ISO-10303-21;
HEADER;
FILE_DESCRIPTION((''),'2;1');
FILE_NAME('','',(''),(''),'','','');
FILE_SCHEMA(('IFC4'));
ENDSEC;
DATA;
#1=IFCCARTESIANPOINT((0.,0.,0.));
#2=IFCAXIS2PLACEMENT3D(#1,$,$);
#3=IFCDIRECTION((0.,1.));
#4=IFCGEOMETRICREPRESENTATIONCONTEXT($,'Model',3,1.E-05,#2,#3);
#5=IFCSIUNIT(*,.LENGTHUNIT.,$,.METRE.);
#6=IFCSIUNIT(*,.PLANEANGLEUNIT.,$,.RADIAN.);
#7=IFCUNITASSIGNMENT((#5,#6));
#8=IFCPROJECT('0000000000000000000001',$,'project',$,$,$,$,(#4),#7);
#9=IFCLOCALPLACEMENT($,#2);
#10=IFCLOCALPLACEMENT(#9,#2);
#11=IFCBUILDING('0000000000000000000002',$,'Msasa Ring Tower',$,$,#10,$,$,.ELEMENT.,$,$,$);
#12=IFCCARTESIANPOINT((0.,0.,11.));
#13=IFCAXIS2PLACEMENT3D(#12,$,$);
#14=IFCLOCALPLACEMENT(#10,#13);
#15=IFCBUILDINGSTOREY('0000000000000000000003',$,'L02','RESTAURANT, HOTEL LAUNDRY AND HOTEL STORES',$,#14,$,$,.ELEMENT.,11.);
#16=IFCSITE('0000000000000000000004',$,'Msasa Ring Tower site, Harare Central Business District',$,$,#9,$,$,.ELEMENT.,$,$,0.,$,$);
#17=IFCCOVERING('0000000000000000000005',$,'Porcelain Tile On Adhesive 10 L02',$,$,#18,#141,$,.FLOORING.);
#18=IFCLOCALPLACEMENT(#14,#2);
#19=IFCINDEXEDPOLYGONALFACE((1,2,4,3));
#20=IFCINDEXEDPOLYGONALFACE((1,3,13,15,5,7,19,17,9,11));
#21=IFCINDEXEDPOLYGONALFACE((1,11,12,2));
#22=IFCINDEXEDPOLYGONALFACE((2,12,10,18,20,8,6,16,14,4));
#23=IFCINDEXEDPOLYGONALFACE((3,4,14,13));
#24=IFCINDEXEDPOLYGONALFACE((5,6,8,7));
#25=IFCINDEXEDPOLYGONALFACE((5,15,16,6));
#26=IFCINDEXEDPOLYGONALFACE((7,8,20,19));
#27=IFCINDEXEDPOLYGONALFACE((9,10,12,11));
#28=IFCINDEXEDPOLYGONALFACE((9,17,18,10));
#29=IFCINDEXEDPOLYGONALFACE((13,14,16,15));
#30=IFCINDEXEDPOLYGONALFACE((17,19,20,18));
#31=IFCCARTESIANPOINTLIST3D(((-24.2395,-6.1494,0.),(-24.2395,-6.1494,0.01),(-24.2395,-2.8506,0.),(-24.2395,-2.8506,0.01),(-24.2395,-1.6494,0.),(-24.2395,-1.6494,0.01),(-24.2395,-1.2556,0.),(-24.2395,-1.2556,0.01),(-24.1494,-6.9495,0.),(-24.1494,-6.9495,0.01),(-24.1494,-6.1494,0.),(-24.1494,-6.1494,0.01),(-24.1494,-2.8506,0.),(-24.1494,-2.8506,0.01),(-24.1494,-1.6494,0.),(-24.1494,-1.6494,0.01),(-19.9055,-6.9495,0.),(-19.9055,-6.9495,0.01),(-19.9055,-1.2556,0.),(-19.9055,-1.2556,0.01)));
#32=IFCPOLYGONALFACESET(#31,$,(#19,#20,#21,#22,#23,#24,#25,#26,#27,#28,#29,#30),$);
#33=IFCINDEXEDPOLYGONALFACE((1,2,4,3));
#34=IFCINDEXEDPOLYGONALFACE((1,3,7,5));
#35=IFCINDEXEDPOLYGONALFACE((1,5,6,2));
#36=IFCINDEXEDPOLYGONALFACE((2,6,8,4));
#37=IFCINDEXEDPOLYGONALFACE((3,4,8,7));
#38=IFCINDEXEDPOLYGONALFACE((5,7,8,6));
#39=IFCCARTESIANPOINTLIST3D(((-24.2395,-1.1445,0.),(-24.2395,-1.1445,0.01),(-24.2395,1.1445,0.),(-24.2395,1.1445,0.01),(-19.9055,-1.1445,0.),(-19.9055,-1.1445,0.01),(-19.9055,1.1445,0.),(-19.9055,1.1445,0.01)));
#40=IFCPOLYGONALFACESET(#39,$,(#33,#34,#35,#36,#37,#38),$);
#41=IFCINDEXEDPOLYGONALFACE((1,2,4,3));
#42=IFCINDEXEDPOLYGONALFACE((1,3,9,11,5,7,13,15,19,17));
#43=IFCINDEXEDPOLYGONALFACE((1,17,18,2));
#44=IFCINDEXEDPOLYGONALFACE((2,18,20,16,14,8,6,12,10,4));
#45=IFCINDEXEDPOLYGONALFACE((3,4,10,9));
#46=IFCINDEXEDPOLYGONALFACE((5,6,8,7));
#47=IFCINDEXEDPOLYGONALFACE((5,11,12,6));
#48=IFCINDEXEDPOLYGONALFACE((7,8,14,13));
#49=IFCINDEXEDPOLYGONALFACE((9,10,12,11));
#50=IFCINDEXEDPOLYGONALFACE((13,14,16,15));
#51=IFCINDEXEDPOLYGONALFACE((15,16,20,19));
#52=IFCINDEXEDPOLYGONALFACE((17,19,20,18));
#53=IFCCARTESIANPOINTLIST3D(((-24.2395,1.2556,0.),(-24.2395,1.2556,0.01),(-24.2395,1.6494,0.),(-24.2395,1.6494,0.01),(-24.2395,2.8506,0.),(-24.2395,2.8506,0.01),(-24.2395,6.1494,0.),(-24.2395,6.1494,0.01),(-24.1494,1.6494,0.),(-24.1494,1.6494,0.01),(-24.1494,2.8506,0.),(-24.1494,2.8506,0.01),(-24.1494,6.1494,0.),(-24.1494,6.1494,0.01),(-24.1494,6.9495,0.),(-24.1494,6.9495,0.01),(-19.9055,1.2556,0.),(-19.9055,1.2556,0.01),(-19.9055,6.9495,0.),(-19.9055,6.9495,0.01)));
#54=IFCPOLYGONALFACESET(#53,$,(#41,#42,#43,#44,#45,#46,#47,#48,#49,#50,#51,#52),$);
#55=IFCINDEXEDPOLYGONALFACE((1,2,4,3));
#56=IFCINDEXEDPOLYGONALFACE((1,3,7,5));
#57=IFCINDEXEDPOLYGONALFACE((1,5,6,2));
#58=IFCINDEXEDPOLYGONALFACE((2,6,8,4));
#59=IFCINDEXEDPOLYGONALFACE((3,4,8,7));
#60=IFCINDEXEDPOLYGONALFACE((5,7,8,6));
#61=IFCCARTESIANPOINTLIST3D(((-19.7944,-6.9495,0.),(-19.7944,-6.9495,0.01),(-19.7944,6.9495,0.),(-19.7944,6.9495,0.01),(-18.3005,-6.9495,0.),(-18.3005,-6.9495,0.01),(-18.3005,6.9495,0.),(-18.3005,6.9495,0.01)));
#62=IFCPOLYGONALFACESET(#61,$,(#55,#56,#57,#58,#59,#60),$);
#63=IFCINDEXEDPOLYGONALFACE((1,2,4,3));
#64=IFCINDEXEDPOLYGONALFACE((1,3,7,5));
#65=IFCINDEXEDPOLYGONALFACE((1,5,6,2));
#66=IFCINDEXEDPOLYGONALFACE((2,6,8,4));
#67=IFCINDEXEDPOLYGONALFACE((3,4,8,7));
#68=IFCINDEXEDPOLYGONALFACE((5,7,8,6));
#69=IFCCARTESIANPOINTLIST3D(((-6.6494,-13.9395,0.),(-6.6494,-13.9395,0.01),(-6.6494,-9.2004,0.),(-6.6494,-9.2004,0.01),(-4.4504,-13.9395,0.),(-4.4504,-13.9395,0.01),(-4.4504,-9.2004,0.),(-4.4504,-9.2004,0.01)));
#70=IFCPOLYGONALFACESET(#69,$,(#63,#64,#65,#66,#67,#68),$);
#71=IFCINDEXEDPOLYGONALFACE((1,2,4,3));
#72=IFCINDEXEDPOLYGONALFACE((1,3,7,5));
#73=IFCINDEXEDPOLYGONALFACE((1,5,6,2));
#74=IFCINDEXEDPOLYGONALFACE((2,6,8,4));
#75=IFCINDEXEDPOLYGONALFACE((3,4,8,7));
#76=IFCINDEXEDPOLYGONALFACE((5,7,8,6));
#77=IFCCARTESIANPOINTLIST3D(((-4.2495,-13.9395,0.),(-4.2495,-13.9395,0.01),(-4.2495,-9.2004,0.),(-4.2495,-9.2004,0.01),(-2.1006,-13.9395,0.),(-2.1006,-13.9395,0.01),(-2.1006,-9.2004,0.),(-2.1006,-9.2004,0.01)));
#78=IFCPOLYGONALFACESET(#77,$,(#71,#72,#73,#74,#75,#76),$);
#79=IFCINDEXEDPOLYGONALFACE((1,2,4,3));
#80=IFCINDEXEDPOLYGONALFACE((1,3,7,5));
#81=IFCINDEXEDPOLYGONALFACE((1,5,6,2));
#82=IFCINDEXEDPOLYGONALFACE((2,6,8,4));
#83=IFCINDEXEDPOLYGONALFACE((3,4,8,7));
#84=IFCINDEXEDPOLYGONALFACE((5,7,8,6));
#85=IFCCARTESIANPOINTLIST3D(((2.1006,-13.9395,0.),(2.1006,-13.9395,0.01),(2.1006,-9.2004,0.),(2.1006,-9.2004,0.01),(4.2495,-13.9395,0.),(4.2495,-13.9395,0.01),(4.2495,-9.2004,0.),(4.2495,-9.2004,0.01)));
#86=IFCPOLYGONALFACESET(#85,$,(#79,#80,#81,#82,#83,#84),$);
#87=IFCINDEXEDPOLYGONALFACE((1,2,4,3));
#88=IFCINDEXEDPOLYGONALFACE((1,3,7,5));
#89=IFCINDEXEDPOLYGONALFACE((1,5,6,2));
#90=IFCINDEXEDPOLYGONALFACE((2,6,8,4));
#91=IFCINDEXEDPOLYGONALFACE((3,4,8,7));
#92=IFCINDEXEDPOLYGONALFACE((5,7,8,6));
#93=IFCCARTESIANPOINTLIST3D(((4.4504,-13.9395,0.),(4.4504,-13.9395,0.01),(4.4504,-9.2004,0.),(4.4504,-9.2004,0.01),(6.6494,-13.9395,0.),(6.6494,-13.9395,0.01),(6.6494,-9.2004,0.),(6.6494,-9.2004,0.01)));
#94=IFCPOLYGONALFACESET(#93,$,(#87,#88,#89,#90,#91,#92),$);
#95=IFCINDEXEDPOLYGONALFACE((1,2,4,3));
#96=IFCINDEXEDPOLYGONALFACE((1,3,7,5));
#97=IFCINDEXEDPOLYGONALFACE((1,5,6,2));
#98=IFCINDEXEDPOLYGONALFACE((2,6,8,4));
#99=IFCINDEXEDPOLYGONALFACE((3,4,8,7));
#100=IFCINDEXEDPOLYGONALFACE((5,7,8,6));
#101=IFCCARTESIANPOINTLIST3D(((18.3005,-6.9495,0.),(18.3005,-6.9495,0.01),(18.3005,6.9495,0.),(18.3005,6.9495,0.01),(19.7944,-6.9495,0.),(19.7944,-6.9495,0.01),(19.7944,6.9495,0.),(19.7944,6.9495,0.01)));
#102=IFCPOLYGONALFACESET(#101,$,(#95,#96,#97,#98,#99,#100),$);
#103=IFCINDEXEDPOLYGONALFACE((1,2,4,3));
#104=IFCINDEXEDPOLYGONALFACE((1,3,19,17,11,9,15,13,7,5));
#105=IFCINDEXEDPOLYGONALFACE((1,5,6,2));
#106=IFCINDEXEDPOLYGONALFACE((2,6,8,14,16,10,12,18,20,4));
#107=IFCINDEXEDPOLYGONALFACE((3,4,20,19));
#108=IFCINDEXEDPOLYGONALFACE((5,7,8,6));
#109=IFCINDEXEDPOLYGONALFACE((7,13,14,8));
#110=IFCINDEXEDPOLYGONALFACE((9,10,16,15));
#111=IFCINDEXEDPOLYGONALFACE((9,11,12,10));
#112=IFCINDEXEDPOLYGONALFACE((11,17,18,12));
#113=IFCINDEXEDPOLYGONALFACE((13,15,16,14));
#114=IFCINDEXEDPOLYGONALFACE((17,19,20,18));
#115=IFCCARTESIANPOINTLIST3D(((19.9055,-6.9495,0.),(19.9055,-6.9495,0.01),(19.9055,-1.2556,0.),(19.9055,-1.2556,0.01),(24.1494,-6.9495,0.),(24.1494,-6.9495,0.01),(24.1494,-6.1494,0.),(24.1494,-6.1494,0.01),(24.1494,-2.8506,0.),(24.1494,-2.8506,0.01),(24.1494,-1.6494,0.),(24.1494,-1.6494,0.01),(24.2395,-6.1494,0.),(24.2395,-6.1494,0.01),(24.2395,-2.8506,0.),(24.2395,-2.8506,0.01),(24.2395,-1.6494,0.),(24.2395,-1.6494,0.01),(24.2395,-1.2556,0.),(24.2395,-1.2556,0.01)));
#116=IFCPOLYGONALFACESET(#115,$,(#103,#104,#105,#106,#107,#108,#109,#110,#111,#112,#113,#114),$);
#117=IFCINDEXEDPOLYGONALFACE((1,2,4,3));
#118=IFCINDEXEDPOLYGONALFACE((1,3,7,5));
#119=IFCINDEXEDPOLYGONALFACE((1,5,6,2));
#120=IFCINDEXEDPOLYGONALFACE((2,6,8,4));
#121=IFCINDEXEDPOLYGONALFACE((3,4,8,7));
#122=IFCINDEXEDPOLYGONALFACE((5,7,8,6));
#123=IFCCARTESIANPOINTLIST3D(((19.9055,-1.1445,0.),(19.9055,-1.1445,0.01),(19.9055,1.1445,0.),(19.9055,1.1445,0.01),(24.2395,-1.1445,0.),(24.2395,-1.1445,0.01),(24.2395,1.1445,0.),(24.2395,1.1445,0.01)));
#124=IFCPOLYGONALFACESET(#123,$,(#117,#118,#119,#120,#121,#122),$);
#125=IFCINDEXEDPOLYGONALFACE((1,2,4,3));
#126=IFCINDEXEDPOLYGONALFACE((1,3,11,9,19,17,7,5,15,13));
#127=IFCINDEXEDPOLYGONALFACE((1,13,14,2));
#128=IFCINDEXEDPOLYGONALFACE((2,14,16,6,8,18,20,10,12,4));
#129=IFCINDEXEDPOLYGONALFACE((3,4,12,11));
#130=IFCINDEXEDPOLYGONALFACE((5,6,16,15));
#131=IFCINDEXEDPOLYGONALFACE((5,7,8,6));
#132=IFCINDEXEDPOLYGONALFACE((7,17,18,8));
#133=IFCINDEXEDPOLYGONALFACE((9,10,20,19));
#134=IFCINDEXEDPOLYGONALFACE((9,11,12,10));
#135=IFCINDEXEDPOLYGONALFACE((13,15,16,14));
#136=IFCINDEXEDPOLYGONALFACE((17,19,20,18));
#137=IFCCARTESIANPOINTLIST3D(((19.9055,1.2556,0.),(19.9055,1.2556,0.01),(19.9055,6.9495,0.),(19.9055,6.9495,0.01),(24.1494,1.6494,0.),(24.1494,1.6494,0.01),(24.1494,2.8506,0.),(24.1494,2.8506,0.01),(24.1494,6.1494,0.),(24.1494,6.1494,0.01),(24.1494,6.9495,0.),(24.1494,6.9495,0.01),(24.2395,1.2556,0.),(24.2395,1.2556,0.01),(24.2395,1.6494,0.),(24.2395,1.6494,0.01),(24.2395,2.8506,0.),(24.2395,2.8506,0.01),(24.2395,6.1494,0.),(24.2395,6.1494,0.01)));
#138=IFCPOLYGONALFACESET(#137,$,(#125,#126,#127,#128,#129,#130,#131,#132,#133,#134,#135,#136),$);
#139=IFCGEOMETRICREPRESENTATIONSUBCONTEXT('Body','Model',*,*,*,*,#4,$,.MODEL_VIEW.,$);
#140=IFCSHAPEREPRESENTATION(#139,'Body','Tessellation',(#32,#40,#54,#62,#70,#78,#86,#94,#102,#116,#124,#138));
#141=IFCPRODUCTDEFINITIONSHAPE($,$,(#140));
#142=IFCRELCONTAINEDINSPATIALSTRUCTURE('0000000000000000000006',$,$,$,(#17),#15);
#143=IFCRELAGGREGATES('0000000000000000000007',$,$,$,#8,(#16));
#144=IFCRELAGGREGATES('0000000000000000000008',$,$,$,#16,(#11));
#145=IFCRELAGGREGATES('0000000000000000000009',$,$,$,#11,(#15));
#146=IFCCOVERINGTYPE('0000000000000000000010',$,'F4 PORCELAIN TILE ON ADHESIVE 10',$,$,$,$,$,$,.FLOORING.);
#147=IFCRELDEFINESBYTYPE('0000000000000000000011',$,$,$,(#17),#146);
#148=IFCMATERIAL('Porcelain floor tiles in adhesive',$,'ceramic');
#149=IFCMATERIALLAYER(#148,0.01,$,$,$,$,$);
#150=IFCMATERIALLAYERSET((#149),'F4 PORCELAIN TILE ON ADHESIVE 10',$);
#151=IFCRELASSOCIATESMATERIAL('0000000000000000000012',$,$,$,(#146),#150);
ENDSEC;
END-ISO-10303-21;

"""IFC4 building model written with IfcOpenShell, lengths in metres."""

from ifc_helpers import new_model, si_unit, direction, frame, origin, place, context, subcontext, project, spatial, line, indexed_curve, outline, extrude, material, layer, layer_set, type_object, element, save


model = new_model("IFC4")

# Units and contexts
model_context = context("Model", 3, precision=1e-05, world=origin(), true_north=direction((0.0, 1.0)))
body_context = subcontext(model_context, "Body", "Model", "MODEL_VIEW")
ifc_project = project(units=[si_unit("LENGTHUNIT", "METRE"), si_unit("PLANEANGLEUNIT", "RADIAN")], contexts=[model_context])

# Site, building, storey
site_placement = place(None, origin())
site = spatial("IfcSite", under=ifc_project, at=site_placement, Name="Msasa Ring Tower site, Harare Central Business District", CompositionType="ELEMENT", RefElevation=0.0)
building_placement = place(site_placement, origin())
building = spatial("IfcBuilding", under=site, at=building_placement, Name="Msasa Ring Tower", CompositionType="ELEMENT")
storey_placement = place(building_placement, frame((0.0, 0.0, 11.0)))
storey = spatial("IfcBuildingStorey", under=building, at=storey_placement, Name="L02", Description="RESTAURANT, HOTEL LAUNDRY AND HOTEL STORES", CompositionType="ELEMENT", Elevation=11.0)

# Covering
ifc_material_1 = material(Name="Porcelain floor tiles in adhesive", Category="ceramic")
ifc_layer_1 = layer(ifc_material_1, 0.01)
ifc_layer_set_1 = layer_set([ifc_layer_1], Name="F4 PORCELAIN TILE ON ADHESIVE 10")
covering_type_1 = type_object("IfcCoveringType", Name="F4 PORCELAIN TILE ON ADHESIVE 10", PredefinedType="FLOORING", material=ifc_layer_set_1)
covering_1_placement = place(storey_placement, origin())
element("IfcCovering", 1, at=covering_1_placement, inside=storey, type_object=covering_type_1, Name="Porcelain Tile On Adhesive 10 L02", PredefinedType="FLOORING", context=body_context, shape_type="SweptSolid", body=[
    extrude(outline(indexed_curve([(-19.9055, -1.2556), (-19.9055, -6.9495), (-24.1494, -6.9495), (-24.1494, -6.1494), (-24.2395, -6.1494), (-24.2395, -2.8506), (-24.1494, -2.8506), (-24.1494, -1.6494), (-24.2395, -1.6494), (-24.2395, -1.2556)], segments=[line(1, 2, 3, 4, 5, 6, 7, 8, 9, 10, 1)], self_intersect=False)), origin(), (0.0, 0.0, 1.0), 0.01),
    extrude(outline(indexed_curve([(-24.2395, 1.1445), (-19.9055, 1.1445), (-19.9055, -1.1445), (-24.2395, -1.1445)], segments=[line(1, 2, 3, 4, 1)], self_intersect=False)), origin(), (0.0, 0.0, 1.0), 0.01),
    extrude(outline(indexed_curve([(-19.9055, 1.2556), (-24.2395, 1.2556), (-24.2395, 1.6494), (-24.1494, 1.6494), (-24.1494, 2.8506), (-24.2395, 2.8506), (-24.2395, 6.1494), (-24.1494, 6.1494), (-24.1494, 6.9495), (-19.9055, 6.9495)], segments=[line(1, 2, 3, 4, 5, 6, 7, 8, 9, 10, 1)], self_intersect=False)), origin(), (0.0, 0.0, 1.0), 0.01),
    extrude(outline(indexed_curve([(-18.3005, 6.9495), (-18.3005, -6.9495), (-19.7944, -6.9495), (-19.7944, 6.9495)], segments=[line(1, 2, 3, 4, 1)], self_intersect=False)), origin(), (0.0, 0.0, 1.0), 0.01),
    extrude(outline(indexed_curve([(-4.4504, -9.2004), (-4.4504, -13.9395), (-6.6494, -13.9395), (-6.6494, -9.2004)], segments=[line(1, 2, 3, 4, 1)], self_intersect=False)), origin(), (0.0, 0.0, 1.0), 0.01),
    extrude(outline(indexed_curve([(-2.1006, -9.2004), (-2.1006, -13.9395), (-4.2495, -13.9395), (-4.2495, -9.2004)], segments=[line(1, 2, 3, 4, 1)], self_intersect=False)), origin(), (0.0, 0.0, 1.0), 0.01),
    extrude(outline(indexed_curve([(2.1006, -9.2004), (4.2495, -9.2004), (4.2495, -13.9395), (2.1006, -13.9395)], segments=[line(1, 2, 3, 4, 1)], self_intersect=False)), origin(), (0.0, 0.0, 1.0), 0.01),
    extrude(outline(indexed_curve([(6.6494, -9.2004), (6.6494, -13.9395), (4.4504, -13.9395), (4.4504, -9.2004)], segments=[line(1, 2, 3, 4, 1)], self_intersect=False)), origin(), (0.0, 0.0, 1.0), 0.01),
    extrude(outline(indexed_curve([(18.3005, -6.9495), (18.3005, 6.9495), (19.7944, 6.9495), (19.7944, -6.9495)], segments=[line(1, 2, 3, 4, 1)], self_intersect=False)), origin(), (0.0, 0.0, 1.0), 0.01),
    extrude(outline(indexed_curve([(24.2395, -1.2556), (24.2395, -1.6494), (24.1494, -1.6494), (24.1494, -2.8506), (24.2395, -2.8506), (24.2395, -6.1494), (24.1494, -6.1494), (24.1494, -6.9495), (19.9055, -6.9495), (19.9055, -1.2556)], segments=[line(1, 2, 3, 4, 5, 6, 7, 8, 9, 10, 1)], self_intersect=False)), origin(), (0.0, 0.0, 1.0), 0.01),
    extrude(outline(indexed_curve([(24.2395, 1.1445), (24.2395, -1.1445), (19.9055, -1.1445), (19.9055, 1.1445)], segments=[line(1, 2, 3, 4, 1)], self_intersect=False)), origin(), (0.0, 0.0, 1.0), 0.01),
    extrude(outline(indexed_curve([(24.2395, 2.8506), (24.1494, 2.8506), (24.1494, 1.6494), (24.2395, 1.6494), (24.2395, 1.2556), (19.9055, 1.2556), (19.9055, 6.9495), (24.1494, 6.9495), (24.1494, 6.1494), (24.2395, 6.1494)], segments=[line(1, 2, 3, 4, 5, 6, 7, 8, 9, 10, 1)], self_intersect=False)), origin(), (0.0, 0.0, 1.0), 0.01),
])

save(model, "model.ifc")
